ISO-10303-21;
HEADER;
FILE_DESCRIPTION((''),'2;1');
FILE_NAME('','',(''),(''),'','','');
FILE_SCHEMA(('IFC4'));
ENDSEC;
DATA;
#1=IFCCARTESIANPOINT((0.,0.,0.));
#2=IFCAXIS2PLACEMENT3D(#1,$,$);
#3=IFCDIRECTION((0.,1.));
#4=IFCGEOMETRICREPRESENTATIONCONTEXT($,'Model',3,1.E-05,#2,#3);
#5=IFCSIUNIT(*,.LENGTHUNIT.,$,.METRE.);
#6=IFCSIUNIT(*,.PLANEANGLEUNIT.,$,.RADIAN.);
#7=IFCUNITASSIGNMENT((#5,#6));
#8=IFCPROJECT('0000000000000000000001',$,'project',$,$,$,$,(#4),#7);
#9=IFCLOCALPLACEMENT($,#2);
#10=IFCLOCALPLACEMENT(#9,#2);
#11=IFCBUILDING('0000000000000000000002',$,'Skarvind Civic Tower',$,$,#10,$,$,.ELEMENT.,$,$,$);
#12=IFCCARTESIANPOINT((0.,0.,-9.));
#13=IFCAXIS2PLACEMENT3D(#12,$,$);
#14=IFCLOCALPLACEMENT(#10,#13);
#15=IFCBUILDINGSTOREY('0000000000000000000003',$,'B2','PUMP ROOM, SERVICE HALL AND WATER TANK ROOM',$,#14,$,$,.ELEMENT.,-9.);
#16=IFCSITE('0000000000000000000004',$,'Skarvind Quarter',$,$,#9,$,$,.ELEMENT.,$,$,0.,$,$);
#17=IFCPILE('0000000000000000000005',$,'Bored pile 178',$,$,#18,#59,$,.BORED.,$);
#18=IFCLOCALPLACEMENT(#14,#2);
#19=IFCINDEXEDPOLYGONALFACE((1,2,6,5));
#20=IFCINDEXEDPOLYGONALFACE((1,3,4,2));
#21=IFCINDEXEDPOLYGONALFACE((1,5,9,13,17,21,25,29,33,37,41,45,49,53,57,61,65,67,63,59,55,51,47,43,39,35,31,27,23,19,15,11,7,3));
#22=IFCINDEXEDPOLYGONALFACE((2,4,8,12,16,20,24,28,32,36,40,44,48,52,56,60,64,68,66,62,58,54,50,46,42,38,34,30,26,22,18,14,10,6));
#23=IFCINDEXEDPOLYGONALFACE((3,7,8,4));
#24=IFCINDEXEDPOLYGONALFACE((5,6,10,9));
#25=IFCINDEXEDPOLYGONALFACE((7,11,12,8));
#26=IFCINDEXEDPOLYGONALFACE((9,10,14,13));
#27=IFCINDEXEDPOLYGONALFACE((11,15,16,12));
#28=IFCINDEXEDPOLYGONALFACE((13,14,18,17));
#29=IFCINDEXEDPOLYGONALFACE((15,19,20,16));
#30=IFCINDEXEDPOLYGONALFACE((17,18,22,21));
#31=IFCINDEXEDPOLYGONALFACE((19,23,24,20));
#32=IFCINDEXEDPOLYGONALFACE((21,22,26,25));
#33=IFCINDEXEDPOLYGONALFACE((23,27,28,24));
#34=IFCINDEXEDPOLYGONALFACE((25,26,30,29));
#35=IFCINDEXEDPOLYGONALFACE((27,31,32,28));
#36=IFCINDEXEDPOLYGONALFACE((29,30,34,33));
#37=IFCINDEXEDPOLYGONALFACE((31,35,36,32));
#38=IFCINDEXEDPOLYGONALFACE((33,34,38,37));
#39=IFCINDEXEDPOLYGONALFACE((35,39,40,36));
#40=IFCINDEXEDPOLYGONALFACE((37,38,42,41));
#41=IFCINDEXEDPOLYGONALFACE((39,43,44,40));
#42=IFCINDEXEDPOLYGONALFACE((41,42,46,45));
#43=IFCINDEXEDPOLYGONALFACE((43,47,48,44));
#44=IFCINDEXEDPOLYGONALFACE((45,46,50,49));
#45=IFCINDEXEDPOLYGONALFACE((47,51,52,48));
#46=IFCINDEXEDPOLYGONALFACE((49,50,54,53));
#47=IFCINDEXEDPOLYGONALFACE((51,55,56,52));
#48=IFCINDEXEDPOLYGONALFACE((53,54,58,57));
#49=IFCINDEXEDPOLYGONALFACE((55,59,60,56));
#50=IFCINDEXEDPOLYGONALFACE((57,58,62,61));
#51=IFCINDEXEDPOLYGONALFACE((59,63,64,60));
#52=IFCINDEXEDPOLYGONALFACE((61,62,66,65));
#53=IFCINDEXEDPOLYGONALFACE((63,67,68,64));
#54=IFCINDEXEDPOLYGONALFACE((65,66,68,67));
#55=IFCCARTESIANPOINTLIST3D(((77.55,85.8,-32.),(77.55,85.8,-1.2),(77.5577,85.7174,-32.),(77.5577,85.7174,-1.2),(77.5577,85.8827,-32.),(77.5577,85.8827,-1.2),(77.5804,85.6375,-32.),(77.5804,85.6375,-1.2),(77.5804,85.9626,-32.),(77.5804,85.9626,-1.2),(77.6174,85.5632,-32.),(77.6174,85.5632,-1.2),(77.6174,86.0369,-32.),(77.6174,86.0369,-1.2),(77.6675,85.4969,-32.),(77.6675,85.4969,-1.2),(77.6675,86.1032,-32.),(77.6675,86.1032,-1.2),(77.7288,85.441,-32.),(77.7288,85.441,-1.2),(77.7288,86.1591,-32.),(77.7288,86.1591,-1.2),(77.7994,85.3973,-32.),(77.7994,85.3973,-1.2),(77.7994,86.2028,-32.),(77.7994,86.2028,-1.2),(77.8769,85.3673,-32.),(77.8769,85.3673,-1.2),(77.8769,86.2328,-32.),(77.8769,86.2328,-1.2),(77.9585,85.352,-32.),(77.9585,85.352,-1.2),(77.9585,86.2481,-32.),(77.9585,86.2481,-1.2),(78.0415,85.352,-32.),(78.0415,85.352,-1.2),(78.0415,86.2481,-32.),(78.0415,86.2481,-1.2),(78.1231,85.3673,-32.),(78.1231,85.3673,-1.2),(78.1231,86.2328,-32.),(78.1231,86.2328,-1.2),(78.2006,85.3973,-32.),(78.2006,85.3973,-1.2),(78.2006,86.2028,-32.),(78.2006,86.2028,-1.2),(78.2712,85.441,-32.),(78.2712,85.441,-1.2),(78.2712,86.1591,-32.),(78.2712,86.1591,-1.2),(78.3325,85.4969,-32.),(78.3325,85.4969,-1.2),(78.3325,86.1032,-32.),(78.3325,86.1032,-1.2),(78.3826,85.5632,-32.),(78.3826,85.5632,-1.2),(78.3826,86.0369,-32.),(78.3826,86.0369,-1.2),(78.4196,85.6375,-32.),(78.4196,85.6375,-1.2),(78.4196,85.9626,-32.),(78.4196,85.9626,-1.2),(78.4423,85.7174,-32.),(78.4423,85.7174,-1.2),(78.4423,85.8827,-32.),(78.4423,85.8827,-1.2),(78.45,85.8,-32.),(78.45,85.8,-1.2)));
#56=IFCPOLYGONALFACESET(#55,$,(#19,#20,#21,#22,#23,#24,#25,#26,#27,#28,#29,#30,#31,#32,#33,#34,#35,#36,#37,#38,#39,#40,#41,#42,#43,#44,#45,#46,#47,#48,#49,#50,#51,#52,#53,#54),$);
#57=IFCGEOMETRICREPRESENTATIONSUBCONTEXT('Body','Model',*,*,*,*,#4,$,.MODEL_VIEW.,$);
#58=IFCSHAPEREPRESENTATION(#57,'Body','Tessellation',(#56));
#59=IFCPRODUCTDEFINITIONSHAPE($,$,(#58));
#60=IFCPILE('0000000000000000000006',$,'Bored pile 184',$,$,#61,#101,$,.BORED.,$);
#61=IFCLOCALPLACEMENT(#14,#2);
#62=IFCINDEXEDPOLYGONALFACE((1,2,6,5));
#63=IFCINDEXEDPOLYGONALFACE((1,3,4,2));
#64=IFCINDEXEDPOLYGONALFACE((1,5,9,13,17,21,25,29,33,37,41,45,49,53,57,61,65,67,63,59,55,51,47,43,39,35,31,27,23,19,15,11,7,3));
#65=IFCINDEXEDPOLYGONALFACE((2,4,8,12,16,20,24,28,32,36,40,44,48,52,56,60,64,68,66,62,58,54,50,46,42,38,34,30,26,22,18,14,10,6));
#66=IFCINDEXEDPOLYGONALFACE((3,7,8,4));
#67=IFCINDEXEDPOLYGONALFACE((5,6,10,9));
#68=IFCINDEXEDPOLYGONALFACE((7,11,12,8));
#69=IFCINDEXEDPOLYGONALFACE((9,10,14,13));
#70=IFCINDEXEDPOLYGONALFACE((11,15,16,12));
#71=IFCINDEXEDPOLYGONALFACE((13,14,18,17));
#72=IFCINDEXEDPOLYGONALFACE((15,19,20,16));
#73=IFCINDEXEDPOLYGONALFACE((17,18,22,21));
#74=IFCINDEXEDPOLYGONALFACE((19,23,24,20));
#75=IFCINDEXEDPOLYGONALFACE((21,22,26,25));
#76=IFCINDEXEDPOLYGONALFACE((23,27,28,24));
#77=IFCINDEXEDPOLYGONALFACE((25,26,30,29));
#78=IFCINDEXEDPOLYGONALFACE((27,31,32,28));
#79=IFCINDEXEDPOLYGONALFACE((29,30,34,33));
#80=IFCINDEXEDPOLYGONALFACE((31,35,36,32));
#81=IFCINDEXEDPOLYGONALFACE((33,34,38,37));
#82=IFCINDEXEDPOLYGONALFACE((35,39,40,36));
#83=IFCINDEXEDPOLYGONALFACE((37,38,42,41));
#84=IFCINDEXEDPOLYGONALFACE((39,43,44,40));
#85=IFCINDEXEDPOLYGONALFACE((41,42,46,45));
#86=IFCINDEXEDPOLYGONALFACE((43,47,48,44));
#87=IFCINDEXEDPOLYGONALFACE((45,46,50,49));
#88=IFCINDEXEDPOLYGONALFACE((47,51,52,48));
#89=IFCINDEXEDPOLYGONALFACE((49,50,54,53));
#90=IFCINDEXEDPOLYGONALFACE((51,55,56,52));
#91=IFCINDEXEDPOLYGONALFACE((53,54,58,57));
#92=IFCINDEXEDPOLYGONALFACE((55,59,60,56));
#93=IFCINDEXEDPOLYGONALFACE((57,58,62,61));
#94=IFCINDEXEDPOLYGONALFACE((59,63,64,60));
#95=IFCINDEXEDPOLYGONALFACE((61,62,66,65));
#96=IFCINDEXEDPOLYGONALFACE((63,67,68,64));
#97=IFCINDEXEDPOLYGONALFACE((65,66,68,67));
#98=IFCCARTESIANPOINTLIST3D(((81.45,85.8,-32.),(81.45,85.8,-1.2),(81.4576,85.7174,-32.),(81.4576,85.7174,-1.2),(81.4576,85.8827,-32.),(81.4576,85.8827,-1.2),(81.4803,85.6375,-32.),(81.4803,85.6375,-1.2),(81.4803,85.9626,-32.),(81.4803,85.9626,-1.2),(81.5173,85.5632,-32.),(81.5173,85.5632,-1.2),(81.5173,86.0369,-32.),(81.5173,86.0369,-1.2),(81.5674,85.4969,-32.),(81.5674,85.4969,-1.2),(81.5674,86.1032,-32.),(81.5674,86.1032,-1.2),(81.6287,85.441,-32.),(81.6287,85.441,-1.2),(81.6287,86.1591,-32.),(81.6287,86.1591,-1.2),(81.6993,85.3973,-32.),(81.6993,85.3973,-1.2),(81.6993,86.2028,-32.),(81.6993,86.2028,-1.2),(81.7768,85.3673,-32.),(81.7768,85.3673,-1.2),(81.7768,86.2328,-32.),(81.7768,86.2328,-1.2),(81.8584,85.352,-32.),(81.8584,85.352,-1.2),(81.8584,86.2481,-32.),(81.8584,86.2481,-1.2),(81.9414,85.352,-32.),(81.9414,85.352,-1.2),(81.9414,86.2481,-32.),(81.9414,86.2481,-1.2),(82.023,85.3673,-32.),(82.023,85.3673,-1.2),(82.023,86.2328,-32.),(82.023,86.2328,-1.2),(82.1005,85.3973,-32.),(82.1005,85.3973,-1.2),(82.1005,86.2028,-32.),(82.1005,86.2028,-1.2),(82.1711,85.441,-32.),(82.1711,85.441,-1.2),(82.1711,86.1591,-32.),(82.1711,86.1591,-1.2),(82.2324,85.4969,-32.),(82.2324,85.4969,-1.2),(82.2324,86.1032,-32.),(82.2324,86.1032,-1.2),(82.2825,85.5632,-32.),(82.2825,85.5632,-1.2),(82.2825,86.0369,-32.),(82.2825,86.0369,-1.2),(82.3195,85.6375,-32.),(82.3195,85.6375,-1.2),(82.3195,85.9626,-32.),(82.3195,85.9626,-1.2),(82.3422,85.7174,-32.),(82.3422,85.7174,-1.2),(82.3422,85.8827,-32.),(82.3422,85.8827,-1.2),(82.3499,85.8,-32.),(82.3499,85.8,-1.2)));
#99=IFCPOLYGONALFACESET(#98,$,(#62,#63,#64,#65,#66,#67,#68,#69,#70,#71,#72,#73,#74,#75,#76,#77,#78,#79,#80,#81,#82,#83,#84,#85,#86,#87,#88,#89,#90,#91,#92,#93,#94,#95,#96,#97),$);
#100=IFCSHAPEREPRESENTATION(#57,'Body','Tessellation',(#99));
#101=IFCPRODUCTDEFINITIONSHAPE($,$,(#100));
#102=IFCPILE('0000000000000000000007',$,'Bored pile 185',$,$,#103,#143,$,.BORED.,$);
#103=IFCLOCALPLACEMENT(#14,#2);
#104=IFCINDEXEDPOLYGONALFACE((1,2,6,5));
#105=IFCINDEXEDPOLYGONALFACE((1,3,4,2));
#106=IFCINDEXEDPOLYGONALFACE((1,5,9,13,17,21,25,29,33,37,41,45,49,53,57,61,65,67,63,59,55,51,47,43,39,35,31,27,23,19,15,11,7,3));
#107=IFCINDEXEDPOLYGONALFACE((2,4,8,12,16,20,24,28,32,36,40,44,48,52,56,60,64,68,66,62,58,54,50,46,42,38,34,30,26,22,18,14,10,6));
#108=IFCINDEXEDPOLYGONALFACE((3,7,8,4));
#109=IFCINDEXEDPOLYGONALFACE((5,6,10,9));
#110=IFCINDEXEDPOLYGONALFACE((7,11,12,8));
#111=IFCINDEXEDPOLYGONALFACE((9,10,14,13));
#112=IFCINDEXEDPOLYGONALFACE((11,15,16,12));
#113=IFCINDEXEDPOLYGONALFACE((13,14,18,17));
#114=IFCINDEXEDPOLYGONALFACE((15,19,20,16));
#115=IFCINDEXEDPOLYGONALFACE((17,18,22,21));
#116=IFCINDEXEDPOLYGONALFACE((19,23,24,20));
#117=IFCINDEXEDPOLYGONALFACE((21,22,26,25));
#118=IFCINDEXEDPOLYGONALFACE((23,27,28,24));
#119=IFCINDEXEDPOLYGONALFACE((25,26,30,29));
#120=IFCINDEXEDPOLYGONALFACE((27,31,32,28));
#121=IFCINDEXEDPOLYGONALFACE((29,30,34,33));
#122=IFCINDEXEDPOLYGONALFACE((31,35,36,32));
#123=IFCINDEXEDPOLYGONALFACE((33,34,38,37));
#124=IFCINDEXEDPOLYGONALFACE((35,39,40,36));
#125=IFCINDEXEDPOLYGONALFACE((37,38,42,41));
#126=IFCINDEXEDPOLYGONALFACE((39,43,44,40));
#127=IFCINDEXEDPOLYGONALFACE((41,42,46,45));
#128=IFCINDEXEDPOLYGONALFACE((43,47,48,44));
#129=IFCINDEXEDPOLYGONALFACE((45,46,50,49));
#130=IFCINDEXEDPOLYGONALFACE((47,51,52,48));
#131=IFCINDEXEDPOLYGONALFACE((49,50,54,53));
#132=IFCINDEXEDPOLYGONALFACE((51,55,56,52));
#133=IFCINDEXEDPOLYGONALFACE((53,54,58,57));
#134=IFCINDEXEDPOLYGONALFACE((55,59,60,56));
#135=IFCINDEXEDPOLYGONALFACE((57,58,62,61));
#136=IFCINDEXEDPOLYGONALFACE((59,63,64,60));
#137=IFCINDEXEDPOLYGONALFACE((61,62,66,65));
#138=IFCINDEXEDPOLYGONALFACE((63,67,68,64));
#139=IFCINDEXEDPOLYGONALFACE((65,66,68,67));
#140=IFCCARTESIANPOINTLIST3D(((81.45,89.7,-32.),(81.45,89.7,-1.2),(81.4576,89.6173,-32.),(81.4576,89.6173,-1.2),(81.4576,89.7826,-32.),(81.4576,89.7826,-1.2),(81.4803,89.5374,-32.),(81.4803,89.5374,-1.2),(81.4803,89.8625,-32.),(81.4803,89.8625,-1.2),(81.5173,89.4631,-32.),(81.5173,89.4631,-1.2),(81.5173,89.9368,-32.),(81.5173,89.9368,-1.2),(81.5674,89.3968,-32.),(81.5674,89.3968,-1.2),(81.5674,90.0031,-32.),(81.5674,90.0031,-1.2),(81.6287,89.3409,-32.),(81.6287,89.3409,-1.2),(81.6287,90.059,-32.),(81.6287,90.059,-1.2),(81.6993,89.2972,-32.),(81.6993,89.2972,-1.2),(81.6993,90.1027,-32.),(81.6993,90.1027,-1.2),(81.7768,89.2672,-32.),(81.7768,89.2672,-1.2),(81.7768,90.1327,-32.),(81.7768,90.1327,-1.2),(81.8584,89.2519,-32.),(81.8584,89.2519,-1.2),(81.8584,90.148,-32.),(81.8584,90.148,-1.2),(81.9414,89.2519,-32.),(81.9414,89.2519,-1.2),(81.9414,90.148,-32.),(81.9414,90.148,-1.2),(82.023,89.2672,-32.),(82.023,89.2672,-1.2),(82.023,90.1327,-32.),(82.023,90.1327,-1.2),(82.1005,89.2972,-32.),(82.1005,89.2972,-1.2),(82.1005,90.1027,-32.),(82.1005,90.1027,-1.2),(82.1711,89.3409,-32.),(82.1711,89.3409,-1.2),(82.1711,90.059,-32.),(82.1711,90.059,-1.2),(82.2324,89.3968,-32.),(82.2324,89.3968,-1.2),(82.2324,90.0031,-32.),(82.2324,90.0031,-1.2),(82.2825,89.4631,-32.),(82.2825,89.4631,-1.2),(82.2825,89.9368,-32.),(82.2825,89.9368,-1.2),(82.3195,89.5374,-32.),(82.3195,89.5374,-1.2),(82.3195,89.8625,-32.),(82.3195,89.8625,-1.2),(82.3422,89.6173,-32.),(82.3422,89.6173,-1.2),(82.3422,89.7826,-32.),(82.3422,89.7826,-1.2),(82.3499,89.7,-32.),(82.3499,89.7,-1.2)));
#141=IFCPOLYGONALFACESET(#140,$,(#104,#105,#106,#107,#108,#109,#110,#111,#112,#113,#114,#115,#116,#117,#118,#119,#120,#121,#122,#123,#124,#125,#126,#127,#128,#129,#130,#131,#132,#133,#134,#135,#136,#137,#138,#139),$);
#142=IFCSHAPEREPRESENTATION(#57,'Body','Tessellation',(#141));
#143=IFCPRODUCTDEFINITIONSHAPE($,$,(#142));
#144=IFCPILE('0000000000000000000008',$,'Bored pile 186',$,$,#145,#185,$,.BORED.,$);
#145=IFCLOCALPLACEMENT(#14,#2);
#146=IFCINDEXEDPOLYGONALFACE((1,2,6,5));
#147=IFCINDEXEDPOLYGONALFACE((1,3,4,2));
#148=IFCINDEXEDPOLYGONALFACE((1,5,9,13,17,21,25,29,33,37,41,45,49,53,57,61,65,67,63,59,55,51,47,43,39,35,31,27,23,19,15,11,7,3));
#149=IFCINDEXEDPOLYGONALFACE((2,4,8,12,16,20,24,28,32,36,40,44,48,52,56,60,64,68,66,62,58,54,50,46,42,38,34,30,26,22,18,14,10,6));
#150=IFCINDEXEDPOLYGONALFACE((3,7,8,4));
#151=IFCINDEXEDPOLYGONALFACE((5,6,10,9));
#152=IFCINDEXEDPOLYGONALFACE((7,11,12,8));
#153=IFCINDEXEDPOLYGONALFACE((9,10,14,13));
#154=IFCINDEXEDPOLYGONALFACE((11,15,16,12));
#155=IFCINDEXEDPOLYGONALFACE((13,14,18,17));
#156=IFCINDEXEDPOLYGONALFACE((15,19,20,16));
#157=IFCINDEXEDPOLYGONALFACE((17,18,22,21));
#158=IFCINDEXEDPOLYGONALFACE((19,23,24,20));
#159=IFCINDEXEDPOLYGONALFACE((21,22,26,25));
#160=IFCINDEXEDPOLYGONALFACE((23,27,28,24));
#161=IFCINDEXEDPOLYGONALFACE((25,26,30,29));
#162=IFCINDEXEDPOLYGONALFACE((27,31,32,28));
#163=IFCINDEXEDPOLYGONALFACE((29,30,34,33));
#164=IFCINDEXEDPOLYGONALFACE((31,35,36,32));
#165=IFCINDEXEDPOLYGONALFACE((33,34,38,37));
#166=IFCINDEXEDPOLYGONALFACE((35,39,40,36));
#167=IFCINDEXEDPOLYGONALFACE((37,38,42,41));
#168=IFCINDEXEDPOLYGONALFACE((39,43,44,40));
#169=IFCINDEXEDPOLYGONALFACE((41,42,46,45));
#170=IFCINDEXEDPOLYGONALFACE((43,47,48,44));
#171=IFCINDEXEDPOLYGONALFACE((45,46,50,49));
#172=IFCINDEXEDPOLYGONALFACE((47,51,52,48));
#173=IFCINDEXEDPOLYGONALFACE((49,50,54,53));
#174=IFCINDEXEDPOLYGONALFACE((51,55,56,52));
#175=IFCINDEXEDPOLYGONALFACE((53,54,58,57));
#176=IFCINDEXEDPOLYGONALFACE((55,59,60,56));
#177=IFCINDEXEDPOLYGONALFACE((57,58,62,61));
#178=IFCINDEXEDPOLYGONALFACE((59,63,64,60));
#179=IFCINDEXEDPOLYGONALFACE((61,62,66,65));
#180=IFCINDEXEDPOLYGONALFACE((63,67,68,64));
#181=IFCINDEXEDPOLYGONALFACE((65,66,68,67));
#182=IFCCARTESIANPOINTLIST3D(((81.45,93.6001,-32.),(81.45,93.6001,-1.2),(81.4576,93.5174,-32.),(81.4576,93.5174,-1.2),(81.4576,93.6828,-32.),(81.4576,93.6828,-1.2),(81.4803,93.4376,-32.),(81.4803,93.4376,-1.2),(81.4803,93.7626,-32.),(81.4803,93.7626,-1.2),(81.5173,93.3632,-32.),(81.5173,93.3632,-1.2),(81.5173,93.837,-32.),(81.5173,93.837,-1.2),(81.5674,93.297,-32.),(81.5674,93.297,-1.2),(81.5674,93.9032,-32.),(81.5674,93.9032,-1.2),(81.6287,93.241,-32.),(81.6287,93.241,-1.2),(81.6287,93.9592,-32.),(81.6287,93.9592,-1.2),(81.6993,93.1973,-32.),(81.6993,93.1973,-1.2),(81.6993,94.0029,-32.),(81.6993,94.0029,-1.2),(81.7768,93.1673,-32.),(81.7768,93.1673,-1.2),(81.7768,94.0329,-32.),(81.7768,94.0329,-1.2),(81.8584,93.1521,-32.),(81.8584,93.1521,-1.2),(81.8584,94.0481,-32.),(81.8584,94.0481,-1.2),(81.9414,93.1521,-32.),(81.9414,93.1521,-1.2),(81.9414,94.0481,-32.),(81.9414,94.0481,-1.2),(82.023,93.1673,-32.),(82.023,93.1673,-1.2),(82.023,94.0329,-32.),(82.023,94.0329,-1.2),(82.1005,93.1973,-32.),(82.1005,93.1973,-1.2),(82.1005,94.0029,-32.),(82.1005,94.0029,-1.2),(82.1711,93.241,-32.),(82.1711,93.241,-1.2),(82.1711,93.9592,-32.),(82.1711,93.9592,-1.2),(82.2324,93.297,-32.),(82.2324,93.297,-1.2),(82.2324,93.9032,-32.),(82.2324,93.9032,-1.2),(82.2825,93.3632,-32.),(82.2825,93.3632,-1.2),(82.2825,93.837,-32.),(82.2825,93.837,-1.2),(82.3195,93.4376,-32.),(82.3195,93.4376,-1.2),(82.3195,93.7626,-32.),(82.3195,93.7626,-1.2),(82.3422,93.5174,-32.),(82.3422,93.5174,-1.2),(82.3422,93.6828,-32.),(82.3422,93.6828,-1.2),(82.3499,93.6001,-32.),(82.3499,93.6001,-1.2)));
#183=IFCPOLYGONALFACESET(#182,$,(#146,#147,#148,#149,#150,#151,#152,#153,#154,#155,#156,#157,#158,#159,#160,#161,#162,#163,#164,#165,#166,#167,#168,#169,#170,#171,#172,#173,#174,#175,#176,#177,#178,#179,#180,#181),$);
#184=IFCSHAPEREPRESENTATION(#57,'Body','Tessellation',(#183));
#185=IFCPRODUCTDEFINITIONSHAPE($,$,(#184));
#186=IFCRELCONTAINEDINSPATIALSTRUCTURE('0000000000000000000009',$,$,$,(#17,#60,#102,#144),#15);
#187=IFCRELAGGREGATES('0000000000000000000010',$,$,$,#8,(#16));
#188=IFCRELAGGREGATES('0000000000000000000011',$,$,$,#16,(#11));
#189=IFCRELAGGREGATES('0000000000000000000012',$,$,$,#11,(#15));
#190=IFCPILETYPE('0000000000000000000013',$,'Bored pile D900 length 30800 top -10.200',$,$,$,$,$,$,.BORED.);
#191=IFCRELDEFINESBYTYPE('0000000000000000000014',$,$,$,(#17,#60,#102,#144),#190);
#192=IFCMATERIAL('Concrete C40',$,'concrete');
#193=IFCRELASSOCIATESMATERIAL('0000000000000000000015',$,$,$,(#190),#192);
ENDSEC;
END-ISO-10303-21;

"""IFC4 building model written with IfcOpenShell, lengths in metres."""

from ifc_helpers import new_model, si_unit, direction, frame, origin, origin_2d, place, context, subcontext, project, spatial, circle, extrude, material, type_object, element, save


model = new_model("IFC4")

# Units and contexts
model_context = context("Model", 3, precision=1e-05, world=origin(), true_north=direction((0.0, 1.0)))
body_context = subcontext(model_context, "Body", "Model", "MODEL_VIEW")
ifc_project = project(units=[si_unit("LENGTHUNIT", "METRE"), si_unit("PLANEANGLEUNIT", "RADIAN")], contexts=[model_context])

# Site, building, storey
site_placement = place(None, origin())
site = spatial("IfcSite", under=ifc_project, at=site_placement, Name="Skarvind Quarter", CompositionType="ELEMENT", RefElevation=0.0)
building_placement = place(site_placement, origin())
building = spatial("IfcBuilding", under=site, at=building_placement, Name="Skarvind Civic Tower", CompositionType="ELEMENT")
storey_placement = place(building_placement, frame((0.0, 0.0, -9.0)))
storey = spatial("IfcBuildingStorey", under=building, at=storey_placement, Name="B2", Description="PUMP ROOM, SERVICE HALL AND WATER TANK ROOM", CompositionType="ELEMENT", Elevation=-9.0)

# Piles
ifc_material_1 = material(Name="Concrete C40", Category="concrete")
pile_type = type_object("IfcPileType", Name="Bored pile D900 length 30800 top -10.200", PredefinedType="BORED", material=ifc_material_1)
for number, where, z_axis, x_axis, name in (
    (1, (78.0, 85.8, -1.2), (0.0, 0.0, -1.0), (1.0, 0.0, 0.0), "Bored pile 178"),
    (2, (81.8999, 85.8, -1.2), (0.0, 0.0, -1.0), (1.0, 0.0, 0.0), "Bored pile 184"),
    (3, (81.8999, 89.7, -1.2), (0.0, 0.0, -1.0), (1.0, 0.0, 0.0), "Bored pile 185"),
    (4, (81.8999, 93.6001, -1.2), (0.0, 0.0, -1.0), (1.0, 0.0, 0.0), "Bored pile 186"),
):
    element("IfcPile", number, at=place(storey_placement, frame(where, z_axis=z_axis, x_axis=x_axis)), inside=storey, type_object=pile_type, Name=name, PredefinedType="BORED", context=body_context, shape_type="SweptSolid", body=[
        extrude(circle(Radius=0.45, at=origin_2d()), origin(), (0.0, 0.0, 1.0), 30.8),
    ])

save(model, "model.ifc")
